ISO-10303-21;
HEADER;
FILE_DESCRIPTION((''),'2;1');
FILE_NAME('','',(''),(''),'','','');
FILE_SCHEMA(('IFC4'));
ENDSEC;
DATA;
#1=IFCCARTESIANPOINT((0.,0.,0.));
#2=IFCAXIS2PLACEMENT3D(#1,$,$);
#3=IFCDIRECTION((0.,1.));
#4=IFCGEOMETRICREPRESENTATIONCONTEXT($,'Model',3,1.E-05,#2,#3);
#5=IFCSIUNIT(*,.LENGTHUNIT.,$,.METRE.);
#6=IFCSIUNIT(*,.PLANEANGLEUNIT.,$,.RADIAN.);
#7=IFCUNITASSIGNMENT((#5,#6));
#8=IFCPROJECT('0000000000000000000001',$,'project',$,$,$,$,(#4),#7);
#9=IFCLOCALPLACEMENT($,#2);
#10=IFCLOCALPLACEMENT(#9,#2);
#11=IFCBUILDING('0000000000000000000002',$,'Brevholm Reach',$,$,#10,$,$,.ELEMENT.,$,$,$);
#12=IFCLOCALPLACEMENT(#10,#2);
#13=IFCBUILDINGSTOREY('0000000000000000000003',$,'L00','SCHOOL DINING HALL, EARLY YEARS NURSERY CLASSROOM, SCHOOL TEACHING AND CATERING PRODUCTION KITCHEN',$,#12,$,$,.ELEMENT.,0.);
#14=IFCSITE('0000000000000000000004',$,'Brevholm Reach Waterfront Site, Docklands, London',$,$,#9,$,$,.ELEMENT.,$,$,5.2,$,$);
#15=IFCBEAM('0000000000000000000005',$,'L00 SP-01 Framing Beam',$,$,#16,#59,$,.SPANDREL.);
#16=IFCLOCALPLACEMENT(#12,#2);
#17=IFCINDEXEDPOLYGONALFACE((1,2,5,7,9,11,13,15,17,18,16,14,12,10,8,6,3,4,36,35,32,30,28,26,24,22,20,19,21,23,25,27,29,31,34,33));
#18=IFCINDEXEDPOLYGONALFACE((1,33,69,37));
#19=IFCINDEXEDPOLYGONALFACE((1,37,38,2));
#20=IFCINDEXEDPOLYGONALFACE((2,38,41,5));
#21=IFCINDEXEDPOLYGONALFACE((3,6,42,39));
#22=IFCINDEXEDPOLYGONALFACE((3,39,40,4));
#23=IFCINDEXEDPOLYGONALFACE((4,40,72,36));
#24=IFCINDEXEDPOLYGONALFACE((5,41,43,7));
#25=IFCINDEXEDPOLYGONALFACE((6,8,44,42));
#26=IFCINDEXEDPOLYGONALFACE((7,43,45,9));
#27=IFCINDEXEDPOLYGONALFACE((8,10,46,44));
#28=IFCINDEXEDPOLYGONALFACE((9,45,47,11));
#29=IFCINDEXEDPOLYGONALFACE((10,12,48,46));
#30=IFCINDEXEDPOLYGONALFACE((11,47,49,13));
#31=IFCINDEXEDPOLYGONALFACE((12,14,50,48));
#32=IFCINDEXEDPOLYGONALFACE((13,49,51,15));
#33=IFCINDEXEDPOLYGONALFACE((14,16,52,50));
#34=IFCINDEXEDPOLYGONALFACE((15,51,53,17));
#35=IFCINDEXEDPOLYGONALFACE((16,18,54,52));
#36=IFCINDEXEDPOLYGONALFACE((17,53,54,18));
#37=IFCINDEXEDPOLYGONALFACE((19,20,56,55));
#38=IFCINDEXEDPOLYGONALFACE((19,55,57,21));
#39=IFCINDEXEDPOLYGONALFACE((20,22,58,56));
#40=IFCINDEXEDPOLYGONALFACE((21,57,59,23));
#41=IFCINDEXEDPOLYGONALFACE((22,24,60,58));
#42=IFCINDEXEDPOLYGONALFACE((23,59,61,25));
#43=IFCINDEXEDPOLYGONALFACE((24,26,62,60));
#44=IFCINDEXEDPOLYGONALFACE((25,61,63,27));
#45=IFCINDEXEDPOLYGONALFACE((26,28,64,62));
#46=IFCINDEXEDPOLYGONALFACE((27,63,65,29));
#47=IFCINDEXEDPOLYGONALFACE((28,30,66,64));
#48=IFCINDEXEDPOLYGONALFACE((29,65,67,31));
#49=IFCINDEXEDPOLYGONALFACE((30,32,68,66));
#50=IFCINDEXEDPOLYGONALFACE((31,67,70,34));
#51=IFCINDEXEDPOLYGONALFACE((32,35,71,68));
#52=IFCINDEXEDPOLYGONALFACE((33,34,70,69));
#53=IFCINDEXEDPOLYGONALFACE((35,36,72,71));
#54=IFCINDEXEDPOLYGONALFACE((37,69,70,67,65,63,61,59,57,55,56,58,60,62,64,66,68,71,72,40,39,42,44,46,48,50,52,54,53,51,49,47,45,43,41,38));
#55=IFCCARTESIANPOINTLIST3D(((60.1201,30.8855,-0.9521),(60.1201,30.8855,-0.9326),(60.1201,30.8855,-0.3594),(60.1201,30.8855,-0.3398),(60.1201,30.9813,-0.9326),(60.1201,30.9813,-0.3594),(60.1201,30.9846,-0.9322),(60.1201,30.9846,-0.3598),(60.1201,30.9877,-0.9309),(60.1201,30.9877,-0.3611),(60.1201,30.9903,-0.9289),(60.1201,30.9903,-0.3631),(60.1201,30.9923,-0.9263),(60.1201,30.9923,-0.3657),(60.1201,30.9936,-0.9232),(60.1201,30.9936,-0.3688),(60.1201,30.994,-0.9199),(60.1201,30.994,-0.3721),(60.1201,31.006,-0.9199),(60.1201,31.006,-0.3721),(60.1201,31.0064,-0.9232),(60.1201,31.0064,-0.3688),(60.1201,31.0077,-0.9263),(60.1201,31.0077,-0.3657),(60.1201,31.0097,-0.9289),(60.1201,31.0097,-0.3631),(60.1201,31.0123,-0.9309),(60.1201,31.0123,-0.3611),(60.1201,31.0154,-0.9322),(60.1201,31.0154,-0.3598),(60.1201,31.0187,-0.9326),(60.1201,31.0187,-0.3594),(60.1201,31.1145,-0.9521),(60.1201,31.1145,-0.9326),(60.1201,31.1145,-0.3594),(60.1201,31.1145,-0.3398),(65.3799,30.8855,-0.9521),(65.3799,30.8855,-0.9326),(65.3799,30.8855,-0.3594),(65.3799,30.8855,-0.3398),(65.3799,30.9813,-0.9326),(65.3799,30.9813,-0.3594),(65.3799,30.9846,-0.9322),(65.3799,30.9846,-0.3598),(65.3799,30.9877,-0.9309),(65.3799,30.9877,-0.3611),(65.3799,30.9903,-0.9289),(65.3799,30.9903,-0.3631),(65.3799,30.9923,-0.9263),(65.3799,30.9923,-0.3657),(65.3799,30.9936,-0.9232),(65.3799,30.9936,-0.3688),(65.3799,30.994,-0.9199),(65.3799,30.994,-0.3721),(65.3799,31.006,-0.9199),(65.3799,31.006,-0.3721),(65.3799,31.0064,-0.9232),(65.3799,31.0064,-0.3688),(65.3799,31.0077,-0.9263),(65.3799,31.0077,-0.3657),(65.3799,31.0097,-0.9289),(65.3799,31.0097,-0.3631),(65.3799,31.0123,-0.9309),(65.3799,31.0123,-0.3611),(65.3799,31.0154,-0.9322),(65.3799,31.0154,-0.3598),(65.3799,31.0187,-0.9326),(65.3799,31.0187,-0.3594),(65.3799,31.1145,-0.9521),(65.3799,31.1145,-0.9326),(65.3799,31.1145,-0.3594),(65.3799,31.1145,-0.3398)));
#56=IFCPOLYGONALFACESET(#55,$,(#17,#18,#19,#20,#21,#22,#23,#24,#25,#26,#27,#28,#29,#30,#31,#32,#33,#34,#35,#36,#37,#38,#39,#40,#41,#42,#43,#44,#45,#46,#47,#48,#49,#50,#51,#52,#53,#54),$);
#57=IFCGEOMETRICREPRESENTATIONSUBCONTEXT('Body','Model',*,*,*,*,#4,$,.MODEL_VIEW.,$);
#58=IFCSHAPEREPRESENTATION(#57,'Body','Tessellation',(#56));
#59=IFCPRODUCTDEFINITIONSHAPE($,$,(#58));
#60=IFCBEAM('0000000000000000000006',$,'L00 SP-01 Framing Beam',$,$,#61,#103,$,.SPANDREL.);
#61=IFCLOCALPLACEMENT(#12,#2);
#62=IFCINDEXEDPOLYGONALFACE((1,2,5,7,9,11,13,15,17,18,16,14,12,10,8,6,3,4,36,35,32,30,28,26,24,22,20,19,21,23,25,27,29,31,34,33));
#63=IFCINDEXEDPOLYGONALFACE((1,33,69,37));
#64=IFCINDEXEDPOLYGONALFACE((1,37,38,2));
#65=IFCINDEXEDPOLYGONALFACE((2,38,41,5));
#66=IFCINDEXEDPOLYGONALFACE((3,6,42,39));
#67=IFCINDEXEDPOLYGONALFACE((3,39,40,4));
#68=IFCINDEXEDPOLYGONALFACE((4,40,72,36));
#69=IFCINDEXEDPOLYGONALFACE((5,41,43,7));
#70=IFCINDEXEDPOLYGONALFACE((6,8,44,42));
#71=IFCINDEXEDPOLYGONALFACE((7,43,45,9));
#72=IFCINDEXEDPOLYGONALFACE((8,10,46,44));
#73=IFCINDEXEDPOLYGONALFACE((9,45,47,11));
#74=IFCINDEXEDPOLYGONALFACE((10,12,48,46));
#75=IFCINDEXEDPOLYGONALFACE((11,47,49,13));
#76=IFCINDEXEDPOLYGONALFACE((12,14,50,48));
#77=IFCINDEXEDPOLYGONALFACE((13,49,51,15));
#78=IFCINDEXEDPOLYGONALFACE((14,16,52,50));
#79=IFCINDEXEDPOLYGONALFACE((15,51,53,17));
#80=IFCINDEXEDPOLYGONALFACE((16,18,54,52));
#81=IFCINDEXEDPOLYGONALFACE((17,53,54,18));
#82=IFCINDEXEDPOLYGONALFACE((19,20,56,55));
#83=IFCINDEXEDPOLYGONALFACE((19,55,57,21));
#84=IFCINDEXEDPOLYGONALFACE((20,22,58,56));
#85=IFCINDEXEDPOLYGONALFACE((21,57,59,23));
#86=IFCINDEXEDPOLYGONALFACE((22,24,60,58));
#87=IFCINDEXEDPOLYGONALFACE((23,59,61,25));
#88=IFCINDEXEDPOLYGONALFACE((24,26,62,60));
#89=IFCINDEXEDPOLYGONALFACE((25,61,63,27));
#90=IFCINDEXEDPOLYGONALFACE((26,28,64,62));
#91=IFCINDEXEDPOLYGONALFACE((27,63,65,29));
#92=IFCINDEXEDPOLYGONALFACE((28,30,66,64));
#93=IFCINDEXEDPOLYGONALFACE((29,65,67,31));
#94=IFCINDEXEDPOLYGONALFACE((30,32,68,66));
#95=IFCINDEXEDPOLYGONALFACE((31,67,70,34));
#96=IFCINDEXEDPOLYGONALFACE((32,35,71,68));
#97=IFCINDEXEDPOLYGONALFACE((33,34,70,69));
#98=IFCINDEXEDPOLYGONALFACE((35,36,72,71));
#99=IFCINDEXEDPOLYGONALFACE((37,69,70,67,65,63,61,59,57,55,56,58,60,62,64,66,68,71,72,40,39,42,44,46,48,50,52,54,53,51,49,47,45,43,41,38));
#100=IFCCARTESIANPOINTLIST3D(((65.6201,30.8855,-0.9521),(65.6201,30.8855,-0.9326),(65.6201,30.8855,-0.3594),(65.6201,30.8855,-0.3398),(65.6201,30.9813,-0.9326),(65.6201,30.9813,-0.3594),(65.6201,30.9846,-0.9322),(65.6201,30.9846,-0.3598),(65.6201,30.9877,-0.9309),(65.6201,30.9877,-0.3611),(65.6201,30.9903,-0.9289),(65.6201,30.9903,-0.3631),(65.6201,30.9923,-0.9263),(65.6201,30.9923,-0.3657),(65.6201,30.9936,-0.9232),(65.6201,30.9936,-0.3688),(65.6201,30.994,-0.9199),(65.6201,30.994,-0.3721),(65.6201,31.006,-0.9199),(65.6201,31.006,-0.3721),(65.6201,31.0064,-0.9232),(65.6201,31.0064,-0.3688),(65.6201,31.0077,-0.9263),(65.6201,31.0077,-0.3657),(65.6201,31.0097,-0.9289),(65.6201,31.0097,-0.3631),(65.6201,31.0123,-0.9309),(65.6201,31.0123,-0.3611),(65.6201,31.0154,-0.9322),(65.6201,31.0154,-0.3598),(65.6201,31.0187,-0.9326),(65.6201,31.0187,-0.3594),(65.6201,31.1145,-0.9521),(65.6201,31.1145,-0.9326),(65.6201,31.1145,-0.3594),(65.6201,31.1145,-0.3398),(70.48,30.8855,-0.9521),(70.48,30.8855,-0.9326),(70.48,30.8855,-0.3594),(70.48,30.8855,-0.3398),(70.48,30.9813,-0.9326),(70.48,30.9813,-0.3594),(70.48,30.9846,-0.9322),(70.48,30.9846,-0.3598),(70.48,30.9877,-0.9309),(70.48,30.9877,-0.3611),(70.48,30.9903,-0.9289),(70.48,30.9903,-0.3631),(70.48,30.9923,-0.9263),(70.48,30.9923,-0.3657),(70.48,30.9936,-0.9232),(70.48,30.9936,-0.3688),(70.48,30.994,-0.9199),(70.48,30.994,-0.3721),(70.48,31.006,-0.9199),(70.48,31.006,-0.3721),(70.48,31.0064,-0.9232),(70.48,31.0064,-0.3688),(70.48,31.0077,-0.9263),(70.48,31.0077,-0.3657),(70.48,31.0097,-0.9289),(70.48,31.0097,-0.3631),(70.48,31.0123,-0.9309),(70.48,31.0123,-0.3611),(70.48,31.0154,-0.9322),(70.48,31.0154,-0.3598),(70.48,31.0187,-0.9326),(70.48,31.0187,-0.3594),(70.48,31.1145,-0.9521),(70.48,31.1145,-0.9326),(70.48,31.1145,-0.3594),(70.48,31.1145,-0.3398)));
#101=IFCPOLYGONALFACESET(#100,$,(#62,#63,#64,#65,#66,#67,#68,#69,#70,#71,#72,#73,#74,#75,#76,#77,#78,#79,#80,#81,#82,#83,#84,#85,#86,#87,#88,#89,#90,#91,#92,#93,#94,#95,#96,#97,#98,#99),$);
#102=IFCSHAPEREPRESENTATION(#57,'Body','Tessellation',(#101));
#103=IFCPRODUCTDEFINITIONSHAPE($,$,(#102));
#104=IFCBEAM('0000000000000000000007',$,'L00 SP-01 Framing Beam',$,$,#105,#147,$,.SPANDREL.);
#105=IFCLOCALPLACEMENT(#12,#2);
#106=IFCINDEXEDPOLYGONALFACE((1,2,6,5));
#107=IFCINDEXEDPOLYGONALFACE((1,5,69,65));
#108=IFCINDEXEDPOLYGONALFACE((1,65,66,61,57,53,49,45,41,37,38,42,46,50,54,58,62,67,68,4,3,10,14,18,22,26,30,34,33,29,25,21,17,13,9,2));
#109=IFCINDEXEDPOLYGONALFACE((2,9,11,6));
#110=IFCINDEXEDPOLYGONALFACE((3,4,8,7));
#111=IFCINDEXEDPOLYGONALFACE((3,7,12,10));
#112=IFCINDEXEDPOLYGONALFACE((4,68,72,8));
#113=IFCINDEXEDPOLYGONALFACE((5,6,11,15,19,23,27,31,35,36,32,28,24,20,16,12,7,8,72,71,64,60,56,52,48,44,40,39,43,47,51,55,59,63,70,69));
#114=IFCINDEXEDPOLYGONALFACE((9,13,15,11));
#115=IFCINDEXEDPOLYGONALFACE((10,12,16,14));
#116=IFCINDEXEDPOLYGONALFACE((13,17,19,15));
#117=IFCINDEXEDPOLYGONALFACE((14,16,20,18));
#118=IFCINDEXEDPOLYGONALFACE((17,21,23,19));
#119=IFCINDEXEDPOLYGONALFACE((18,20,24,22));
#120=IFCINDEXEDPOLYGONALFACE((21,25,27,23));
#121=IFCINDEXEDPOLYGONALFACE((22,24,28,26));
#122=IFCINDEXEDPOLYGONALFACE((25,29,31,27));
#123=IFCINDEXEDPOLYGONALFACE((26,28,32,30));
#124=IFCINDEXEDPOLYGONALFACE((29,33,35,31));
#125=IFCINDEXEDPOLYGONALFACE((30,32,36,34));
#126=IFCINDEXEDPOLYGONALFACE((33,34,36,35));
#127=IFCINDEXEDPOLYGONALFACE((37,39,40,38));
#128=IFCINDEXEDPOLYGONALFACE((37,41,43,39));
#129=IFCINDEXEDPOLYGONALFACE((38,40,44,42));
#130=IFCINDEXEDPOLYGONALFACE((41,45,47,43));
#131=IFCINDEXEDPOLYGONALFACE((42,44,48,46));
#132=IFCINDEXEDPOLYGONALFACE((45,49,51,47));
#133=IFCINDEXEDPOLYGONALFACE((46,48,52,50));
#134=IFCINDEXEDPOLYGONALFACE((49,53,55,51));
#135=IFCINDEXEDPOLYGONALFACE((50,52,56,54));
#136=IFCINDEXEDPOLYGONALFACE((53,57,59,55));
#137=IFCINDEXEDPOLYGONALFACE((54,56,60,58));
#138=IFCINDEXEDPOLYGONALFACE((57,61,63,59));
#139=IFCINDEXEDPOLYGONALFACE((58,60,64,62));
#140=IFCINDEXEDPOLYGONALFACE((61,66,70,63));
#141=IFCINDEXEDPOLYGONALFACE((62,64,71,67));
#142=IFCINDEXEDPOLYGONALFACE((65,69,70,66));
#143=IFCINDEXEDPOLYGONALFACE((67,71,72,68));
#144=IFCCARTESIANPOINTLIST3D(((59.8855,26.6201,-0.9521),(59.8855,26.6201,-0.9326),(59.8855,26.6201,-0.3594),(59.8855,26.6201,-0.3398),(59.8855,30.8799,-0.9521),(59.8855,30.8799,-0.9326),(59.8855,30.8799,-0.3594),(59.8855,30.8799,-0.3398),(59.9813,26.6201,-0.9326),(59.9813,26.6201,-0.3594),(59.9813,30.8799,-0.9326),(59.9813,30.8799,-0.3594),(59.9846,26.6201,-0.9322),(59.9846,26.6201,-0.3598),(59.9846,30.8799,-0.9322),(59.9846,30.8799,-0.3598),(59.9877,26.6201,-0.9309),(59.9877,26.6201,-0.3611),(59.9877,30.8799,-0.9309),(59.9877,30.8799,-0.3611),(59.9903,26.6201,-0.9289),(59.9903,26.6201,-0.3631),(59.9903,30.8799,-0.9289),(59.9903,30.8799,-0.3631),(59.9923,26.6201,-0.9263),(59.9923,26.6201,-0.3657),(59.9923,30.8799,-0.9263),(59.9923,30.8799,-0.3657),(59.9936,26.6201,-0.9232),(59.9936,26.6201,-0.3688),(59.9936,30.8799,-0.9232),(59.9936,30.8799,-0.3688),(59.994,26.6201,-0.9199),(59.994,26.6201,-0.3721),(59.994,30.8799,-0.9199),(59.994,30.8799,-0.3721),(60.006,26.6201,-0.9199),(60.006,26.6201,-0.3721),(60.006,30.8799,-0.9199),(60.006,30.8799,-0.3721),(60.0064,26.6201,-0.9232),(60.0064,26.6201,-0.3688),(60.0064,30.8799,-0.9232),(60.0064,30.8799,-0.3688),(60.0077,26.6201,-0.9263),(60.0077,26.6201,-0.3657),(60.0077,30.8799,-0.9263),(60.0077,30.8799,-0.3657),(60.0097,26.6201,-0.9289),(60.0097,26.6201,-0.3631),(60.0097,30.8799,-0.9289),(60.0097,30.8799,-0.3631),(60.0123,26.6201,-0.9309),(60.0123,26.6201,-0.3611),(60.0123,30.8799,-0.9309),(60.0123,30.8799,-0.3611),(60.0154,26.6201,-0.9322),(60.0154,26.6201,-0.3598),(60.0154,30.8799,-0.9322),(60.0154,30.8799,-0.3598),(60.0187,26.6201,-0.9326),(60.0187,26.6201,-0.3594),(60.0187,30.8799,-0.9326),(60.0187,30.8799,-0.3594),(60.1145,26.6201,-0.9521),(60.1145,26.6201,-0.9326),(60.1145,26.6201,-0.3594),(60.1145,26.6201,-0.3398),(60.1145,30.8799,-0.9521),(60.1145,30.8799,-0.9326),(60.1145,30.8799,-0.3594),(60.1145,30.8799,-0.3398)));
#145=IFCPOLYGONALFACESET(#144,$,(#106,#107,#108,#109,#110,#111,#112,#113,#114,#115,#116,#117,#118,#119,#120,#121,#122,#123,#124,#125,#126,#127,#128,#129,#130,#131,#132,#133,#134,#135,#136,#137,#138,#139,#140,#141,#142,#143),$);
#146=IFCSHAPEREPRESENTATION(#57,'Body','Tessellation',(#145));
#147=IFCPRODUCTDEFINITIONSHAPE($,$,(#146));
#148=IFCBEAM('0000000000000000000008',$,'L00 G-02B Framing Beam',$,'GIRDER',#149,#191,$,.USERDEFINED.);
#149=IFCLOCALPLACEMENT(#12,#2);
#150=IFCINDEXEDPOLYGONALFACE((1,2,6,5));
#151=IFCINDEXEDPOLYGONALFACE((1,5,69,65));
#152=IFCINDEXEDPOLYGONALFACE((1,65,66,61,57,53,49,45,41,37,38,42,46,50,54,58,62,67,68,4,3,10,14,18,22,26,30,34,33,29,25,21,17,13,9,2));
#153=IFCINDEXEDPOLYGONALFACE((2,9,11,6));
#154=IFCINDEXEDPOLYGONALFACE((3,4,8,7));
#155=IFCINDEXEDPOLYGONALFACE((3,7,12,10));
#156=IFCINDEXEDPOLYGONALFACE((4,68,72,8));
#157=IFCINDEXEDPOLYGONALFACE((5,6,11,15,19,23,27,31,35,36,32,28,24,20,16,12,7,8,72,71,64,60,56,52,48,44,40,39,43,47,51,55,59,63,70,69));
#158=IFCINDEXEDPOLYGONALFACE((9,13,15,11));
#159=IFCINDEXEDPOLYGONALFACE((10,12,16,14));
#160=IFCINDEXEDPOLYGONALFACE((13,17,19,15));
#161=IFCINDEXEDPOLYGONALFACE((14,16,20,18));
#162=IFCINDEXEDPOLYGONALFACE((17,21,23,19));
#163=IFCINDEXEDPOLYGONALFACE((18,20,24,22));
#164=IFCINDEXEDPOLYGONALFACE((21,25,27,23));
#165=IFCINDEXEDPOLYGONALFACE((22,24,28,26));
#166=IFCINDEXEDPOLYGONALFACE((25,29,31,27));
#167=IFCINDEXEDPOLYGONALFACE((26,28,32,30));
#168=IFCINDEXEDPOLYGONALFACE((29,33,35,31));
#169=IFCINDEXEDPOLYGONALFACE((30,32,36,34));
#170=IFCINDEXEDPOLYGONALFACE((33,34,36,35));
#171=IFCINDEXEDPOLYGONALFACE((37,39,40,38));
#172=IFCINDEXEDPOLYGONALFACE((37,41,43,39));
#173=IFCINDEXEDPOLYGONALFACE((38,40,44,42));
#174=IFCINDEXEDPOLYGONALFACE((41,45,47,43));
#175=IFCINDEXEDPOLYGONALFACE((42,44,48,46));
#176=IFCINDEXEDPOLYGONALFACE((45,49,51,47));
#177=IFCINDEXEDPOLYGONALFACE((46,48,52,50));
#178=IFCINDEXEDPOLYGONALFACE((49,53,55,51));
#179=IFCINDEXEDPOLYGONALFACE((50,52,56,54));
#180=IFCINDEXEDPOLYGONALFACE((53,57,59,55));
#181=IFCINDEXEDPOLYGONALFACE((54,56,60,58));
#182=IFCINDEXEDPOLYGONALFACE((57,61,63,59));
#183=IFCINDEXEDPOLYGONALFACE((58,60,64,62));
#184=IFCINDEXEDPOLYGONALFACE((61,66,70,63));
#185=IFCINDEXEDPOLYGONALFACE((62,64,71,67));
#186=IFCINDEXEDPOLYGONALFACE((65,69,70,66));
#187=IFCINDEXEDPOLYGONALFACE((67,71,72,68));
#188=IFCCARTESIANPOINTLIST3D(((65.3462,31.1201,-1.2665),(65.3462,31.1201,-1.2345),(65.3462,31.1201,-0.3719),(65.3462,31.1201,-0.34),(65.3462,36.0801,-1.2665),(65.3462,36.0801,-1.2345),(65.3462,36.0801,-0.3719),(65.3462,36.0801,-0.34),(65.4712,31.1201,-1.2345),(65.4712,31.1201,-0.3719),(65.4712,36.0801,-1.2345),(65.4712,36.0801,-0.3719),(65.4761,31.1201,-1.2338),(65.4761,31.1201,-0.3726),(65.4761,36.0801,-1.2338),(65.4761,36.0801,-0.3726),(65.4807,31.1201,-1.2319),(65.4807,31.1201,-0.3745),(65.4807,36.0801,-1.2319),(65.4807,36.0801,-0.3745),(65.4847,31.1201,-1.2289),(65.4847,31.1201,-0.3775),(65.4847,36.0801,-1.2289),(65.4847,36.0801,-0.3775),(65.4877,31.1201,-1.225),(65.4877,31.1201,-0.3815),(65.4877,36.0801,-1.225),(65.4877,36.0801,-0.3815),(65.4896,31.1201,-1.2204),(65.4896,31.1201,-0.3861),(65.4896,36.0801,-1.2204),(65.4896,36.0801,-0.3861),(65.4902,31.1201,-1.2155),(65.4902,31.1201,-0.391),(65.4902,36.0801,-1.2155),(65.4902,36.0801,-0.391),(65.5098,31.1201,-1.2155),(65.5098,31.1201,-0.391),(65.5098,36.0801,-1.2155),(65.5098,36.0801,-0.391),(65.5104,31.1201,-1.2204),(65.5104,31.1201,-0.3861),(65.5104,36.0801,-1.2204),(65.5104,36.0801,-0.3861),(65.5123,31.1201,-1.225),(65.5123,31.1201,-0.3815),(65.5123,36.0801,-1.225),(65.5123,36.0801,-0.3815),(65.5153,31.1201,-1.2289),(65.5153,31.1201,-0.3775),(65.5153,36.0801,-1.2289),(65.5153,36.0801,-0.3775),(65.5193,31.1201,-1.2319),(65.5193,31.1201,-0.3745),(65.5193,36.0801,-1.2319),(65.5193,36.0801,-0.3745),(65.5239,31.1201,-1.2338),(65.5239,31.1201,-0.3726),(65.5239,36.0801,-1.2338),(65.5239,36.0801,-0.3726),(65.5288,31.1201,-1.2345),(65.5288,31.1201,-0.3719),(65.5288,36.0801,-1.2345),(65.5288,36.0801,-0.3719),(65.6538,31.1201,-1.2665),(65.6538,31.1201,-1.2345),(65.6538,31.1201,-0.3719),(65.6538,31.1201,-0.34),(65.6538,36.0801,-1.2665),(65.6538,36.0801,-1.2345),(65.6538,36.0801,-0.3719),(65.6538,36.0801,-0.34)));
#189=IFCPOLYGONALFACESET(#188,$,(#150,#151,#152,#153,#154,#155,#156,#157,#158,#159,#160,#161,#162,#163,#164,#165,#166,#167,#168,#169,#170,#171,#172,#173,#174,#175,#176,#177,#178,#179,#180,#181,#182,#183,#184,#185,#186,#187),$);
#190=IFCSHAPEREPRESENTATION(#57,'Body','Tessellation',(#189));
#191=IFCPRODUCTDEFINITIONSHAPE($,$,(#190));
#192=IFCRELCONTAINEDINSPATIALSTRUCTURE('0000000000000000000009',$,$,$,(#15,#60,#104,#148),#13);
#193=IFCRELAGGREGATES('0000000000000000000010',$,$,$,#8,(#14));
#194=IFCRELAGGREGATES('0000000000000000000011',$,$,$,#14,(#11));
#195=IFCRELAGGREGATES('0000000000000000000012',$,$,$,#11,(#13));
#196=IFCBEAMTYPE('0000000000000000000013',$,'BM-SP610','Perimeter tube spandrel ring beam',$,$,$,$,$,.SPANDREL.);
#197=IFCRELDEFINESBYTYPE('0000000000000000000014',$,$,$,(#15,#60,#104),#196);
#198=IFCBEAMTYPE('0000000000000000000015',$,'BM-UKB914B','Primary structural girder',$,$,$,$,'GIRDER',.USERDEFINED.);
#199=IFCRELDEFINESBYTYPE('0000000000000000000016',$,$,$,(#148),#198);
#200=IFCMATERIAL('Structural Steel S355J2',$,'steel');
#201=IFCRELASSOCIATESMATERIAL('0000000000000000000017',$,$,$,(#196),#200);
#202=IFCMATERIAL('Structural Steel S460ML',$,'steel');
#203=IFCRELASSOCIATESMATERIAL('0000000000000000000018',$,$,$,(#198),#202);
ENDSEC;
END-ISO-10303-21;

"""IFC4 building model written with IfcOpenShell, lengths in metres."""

from ifc_helpers import new_model, si_unit, direction, frame, origin, origin_2d, place, context, subcontext, project, spatial, i_section, extrude, material, material_profile, profile_set, type_object, element, save


model = new_model("IFC4")

# Units and contexts
model_context = context("Model", 3, precision=1e-05, world=origin(), true_north=direction((0.0, 1.0)))
body_context = subcontext(model_context, "Body", "Model", "MODEL_VIEW")
ifc_project = project(units=[si_unit("LENGTHUNIT", "METRE"), si_unit("PLANEANGLEUNIT", "RADIAN")], contexts=[model_context])

# Site, building, storey
site_placement = place(None, origin())
site = spatial("IfcSite", under=ifc_project, at=site_placement, Name="Brevholm Reach Waterfront Site, Docklands, London", CompositionType="ELEMENT", RefElevation=5.2)
building_placement = place(site_placement, origin())
building = spatial("IfcBuilding", under=site, at=building_placement, Name="Brevholm Reach", CompositionType="ELEMENT")
storey_placement = place(building_placement, origin())
storey = spatial("IfcBuildingStorey", under=building, at=storey_placement, Name="L00", Description="SCHOOL DINING HALL, EARLY YEARS NURSERY CLASSROOM, SCHOOL TEACHING AND CATERING PRODUCTION KITCHEN", CompositionType="ELEMENT", Elevation=0.0)

# Beams
ifc_material_1 = material(Name="Structural Steel S355J2", Category="steel")
ifc_material_profile_1 = material_profile(ifc_material_1, i_section(OverallWidth=0.229, OverallDepth=0.6123, WebThickness=0.012, FlangeThickness=0.0195, FilletRadius=0.0127, at=origin_2d()), Name="UKB 610x229x125")
ifc_profile_set_1 = profile_set([ifc_material_profile_1], Name="Structural Steel S355J2")
beam_type_1 = type_object("IfcBeamType", Name="BM-SP610", Description="Perimeter tube spandrel ring beam", PredefinedType="SPANDREL", material=ifc_profile_set_1)
beam_1_placement = place(storey_placement, frame((60.1201, 31.0, -0.646), z_axis=(1.0, 0.0, 0.0), x_axis=(0.0, 1.0, 0.0)))
element("IfcBeam", 1, at=beam_1_placement, inside=storey, type_object=beam_type_1, Name="L00 SP-01 Framing Beam", PredefinedType="SPANDREL", context=body_context, shape_type="SweptSolid", body=[
    extrude(i_section(OverallWidth=0.229, OverallDepth=0.6123, WebThickness=0.012, FlangeThickness=0.0195, FilletRadius=0.0127, at=origin_2d()), origin(), (0.0, 0.0, 1.0), 5.2598),
])
beam_2_placement = place(storey_placement, frame((65.6201, 31.0, -0.646), z_axis=(1.0, 0.0, 0.0), x_axis=(0.0, 1.0, 0.0)))
element("IfcBeam", 2, at=beam_2_placement, inside=storey, type_object=beam_type_1, Name="L00 SP-01 Framing Beam", PredefinedType="SPANDREL", context=body_context, shape_type="SweptSolid", body=[
    extrude(i_section(OverallWidth=0.229, OverallDepth=0.6123, WebThickness=0.012, FlangeThickness=0.0195, FilletRadius=0.0127, at=origin_2d()), origin(), (0.0, 0.0, 1.0), 4.8599),
])
beam_3_placement = place(storey_placement, frame((60.0, 26.6201, -0.646), z_axis=(0.0, 1.0, 0.0), x_axis=(-1.0, 0.0, 0.0)))
element("IfcBeam", 3, at=beam_3_placement, inside=storey, type_object=beam_type_1, Name="L00 SP-01 Framing Beam", PredefinedType="SPANDREL", context=body_context, shape_type="SweptSolid", body=[
    extrude(i_section(OverallWidth=0.229, OverallDepth=0.6123, WebThickness=0.012, FlangeThickness=0.0195, FilletRadius=0.0127, at=origin_2d()), origin(), (0.0, 0.0, 1.0), 4.2598),
])
ifc_material_2 = material(Name="Structural Steel S460ML", Category="steel")
ifc_material_profile_2 = material_profile(ifc_material_2, i_section(OverallWidth=0.3076, OverallDepth=0.9265, WebThickness=0.0195, FlangeThickness=0.032, FilletRadius=0.019, at=origin_2d()), Name="UKB 914x305x289")
ifc_profile_set_2 = profile_set([ifc_material_profile_2], Name="Structural Steel S460ML")
beam_type_2 = type_object("IfcBeamType", Name="BM-UKB914B", Description="Primary structural girder", ElementType="GIRDER", PredefinedType="USERDEFINED", material=ifc_profile_set_2)
beam_4_placement = place(storey_placement, frame((65.5, 31.1201, -0.8032), z_axis=(0.0, 1.0, 0.0), x_axis=(-1.0, 0.0, 0.0)))
element("IfcBeam", 4, at=beam_4_placement, inside=storey, type_object=beam_type_2, Name="L00 G-02B Framing Beam", ObjectType="GIRDER", PredefinedType="USERDEFINED", context=body_context, shape_type="SweptSolid", body=[
    extrude(i_section(OverallWidth=0.3076, OverallDepth=0.9265, WebThickness=0.0195, FlangeThickness=0.032, FilletRadius=0.019, at=origin_2d()), origin(), (0.0, 0.0, 1.0), 4.96),
])

save(model, "model.ifc")
